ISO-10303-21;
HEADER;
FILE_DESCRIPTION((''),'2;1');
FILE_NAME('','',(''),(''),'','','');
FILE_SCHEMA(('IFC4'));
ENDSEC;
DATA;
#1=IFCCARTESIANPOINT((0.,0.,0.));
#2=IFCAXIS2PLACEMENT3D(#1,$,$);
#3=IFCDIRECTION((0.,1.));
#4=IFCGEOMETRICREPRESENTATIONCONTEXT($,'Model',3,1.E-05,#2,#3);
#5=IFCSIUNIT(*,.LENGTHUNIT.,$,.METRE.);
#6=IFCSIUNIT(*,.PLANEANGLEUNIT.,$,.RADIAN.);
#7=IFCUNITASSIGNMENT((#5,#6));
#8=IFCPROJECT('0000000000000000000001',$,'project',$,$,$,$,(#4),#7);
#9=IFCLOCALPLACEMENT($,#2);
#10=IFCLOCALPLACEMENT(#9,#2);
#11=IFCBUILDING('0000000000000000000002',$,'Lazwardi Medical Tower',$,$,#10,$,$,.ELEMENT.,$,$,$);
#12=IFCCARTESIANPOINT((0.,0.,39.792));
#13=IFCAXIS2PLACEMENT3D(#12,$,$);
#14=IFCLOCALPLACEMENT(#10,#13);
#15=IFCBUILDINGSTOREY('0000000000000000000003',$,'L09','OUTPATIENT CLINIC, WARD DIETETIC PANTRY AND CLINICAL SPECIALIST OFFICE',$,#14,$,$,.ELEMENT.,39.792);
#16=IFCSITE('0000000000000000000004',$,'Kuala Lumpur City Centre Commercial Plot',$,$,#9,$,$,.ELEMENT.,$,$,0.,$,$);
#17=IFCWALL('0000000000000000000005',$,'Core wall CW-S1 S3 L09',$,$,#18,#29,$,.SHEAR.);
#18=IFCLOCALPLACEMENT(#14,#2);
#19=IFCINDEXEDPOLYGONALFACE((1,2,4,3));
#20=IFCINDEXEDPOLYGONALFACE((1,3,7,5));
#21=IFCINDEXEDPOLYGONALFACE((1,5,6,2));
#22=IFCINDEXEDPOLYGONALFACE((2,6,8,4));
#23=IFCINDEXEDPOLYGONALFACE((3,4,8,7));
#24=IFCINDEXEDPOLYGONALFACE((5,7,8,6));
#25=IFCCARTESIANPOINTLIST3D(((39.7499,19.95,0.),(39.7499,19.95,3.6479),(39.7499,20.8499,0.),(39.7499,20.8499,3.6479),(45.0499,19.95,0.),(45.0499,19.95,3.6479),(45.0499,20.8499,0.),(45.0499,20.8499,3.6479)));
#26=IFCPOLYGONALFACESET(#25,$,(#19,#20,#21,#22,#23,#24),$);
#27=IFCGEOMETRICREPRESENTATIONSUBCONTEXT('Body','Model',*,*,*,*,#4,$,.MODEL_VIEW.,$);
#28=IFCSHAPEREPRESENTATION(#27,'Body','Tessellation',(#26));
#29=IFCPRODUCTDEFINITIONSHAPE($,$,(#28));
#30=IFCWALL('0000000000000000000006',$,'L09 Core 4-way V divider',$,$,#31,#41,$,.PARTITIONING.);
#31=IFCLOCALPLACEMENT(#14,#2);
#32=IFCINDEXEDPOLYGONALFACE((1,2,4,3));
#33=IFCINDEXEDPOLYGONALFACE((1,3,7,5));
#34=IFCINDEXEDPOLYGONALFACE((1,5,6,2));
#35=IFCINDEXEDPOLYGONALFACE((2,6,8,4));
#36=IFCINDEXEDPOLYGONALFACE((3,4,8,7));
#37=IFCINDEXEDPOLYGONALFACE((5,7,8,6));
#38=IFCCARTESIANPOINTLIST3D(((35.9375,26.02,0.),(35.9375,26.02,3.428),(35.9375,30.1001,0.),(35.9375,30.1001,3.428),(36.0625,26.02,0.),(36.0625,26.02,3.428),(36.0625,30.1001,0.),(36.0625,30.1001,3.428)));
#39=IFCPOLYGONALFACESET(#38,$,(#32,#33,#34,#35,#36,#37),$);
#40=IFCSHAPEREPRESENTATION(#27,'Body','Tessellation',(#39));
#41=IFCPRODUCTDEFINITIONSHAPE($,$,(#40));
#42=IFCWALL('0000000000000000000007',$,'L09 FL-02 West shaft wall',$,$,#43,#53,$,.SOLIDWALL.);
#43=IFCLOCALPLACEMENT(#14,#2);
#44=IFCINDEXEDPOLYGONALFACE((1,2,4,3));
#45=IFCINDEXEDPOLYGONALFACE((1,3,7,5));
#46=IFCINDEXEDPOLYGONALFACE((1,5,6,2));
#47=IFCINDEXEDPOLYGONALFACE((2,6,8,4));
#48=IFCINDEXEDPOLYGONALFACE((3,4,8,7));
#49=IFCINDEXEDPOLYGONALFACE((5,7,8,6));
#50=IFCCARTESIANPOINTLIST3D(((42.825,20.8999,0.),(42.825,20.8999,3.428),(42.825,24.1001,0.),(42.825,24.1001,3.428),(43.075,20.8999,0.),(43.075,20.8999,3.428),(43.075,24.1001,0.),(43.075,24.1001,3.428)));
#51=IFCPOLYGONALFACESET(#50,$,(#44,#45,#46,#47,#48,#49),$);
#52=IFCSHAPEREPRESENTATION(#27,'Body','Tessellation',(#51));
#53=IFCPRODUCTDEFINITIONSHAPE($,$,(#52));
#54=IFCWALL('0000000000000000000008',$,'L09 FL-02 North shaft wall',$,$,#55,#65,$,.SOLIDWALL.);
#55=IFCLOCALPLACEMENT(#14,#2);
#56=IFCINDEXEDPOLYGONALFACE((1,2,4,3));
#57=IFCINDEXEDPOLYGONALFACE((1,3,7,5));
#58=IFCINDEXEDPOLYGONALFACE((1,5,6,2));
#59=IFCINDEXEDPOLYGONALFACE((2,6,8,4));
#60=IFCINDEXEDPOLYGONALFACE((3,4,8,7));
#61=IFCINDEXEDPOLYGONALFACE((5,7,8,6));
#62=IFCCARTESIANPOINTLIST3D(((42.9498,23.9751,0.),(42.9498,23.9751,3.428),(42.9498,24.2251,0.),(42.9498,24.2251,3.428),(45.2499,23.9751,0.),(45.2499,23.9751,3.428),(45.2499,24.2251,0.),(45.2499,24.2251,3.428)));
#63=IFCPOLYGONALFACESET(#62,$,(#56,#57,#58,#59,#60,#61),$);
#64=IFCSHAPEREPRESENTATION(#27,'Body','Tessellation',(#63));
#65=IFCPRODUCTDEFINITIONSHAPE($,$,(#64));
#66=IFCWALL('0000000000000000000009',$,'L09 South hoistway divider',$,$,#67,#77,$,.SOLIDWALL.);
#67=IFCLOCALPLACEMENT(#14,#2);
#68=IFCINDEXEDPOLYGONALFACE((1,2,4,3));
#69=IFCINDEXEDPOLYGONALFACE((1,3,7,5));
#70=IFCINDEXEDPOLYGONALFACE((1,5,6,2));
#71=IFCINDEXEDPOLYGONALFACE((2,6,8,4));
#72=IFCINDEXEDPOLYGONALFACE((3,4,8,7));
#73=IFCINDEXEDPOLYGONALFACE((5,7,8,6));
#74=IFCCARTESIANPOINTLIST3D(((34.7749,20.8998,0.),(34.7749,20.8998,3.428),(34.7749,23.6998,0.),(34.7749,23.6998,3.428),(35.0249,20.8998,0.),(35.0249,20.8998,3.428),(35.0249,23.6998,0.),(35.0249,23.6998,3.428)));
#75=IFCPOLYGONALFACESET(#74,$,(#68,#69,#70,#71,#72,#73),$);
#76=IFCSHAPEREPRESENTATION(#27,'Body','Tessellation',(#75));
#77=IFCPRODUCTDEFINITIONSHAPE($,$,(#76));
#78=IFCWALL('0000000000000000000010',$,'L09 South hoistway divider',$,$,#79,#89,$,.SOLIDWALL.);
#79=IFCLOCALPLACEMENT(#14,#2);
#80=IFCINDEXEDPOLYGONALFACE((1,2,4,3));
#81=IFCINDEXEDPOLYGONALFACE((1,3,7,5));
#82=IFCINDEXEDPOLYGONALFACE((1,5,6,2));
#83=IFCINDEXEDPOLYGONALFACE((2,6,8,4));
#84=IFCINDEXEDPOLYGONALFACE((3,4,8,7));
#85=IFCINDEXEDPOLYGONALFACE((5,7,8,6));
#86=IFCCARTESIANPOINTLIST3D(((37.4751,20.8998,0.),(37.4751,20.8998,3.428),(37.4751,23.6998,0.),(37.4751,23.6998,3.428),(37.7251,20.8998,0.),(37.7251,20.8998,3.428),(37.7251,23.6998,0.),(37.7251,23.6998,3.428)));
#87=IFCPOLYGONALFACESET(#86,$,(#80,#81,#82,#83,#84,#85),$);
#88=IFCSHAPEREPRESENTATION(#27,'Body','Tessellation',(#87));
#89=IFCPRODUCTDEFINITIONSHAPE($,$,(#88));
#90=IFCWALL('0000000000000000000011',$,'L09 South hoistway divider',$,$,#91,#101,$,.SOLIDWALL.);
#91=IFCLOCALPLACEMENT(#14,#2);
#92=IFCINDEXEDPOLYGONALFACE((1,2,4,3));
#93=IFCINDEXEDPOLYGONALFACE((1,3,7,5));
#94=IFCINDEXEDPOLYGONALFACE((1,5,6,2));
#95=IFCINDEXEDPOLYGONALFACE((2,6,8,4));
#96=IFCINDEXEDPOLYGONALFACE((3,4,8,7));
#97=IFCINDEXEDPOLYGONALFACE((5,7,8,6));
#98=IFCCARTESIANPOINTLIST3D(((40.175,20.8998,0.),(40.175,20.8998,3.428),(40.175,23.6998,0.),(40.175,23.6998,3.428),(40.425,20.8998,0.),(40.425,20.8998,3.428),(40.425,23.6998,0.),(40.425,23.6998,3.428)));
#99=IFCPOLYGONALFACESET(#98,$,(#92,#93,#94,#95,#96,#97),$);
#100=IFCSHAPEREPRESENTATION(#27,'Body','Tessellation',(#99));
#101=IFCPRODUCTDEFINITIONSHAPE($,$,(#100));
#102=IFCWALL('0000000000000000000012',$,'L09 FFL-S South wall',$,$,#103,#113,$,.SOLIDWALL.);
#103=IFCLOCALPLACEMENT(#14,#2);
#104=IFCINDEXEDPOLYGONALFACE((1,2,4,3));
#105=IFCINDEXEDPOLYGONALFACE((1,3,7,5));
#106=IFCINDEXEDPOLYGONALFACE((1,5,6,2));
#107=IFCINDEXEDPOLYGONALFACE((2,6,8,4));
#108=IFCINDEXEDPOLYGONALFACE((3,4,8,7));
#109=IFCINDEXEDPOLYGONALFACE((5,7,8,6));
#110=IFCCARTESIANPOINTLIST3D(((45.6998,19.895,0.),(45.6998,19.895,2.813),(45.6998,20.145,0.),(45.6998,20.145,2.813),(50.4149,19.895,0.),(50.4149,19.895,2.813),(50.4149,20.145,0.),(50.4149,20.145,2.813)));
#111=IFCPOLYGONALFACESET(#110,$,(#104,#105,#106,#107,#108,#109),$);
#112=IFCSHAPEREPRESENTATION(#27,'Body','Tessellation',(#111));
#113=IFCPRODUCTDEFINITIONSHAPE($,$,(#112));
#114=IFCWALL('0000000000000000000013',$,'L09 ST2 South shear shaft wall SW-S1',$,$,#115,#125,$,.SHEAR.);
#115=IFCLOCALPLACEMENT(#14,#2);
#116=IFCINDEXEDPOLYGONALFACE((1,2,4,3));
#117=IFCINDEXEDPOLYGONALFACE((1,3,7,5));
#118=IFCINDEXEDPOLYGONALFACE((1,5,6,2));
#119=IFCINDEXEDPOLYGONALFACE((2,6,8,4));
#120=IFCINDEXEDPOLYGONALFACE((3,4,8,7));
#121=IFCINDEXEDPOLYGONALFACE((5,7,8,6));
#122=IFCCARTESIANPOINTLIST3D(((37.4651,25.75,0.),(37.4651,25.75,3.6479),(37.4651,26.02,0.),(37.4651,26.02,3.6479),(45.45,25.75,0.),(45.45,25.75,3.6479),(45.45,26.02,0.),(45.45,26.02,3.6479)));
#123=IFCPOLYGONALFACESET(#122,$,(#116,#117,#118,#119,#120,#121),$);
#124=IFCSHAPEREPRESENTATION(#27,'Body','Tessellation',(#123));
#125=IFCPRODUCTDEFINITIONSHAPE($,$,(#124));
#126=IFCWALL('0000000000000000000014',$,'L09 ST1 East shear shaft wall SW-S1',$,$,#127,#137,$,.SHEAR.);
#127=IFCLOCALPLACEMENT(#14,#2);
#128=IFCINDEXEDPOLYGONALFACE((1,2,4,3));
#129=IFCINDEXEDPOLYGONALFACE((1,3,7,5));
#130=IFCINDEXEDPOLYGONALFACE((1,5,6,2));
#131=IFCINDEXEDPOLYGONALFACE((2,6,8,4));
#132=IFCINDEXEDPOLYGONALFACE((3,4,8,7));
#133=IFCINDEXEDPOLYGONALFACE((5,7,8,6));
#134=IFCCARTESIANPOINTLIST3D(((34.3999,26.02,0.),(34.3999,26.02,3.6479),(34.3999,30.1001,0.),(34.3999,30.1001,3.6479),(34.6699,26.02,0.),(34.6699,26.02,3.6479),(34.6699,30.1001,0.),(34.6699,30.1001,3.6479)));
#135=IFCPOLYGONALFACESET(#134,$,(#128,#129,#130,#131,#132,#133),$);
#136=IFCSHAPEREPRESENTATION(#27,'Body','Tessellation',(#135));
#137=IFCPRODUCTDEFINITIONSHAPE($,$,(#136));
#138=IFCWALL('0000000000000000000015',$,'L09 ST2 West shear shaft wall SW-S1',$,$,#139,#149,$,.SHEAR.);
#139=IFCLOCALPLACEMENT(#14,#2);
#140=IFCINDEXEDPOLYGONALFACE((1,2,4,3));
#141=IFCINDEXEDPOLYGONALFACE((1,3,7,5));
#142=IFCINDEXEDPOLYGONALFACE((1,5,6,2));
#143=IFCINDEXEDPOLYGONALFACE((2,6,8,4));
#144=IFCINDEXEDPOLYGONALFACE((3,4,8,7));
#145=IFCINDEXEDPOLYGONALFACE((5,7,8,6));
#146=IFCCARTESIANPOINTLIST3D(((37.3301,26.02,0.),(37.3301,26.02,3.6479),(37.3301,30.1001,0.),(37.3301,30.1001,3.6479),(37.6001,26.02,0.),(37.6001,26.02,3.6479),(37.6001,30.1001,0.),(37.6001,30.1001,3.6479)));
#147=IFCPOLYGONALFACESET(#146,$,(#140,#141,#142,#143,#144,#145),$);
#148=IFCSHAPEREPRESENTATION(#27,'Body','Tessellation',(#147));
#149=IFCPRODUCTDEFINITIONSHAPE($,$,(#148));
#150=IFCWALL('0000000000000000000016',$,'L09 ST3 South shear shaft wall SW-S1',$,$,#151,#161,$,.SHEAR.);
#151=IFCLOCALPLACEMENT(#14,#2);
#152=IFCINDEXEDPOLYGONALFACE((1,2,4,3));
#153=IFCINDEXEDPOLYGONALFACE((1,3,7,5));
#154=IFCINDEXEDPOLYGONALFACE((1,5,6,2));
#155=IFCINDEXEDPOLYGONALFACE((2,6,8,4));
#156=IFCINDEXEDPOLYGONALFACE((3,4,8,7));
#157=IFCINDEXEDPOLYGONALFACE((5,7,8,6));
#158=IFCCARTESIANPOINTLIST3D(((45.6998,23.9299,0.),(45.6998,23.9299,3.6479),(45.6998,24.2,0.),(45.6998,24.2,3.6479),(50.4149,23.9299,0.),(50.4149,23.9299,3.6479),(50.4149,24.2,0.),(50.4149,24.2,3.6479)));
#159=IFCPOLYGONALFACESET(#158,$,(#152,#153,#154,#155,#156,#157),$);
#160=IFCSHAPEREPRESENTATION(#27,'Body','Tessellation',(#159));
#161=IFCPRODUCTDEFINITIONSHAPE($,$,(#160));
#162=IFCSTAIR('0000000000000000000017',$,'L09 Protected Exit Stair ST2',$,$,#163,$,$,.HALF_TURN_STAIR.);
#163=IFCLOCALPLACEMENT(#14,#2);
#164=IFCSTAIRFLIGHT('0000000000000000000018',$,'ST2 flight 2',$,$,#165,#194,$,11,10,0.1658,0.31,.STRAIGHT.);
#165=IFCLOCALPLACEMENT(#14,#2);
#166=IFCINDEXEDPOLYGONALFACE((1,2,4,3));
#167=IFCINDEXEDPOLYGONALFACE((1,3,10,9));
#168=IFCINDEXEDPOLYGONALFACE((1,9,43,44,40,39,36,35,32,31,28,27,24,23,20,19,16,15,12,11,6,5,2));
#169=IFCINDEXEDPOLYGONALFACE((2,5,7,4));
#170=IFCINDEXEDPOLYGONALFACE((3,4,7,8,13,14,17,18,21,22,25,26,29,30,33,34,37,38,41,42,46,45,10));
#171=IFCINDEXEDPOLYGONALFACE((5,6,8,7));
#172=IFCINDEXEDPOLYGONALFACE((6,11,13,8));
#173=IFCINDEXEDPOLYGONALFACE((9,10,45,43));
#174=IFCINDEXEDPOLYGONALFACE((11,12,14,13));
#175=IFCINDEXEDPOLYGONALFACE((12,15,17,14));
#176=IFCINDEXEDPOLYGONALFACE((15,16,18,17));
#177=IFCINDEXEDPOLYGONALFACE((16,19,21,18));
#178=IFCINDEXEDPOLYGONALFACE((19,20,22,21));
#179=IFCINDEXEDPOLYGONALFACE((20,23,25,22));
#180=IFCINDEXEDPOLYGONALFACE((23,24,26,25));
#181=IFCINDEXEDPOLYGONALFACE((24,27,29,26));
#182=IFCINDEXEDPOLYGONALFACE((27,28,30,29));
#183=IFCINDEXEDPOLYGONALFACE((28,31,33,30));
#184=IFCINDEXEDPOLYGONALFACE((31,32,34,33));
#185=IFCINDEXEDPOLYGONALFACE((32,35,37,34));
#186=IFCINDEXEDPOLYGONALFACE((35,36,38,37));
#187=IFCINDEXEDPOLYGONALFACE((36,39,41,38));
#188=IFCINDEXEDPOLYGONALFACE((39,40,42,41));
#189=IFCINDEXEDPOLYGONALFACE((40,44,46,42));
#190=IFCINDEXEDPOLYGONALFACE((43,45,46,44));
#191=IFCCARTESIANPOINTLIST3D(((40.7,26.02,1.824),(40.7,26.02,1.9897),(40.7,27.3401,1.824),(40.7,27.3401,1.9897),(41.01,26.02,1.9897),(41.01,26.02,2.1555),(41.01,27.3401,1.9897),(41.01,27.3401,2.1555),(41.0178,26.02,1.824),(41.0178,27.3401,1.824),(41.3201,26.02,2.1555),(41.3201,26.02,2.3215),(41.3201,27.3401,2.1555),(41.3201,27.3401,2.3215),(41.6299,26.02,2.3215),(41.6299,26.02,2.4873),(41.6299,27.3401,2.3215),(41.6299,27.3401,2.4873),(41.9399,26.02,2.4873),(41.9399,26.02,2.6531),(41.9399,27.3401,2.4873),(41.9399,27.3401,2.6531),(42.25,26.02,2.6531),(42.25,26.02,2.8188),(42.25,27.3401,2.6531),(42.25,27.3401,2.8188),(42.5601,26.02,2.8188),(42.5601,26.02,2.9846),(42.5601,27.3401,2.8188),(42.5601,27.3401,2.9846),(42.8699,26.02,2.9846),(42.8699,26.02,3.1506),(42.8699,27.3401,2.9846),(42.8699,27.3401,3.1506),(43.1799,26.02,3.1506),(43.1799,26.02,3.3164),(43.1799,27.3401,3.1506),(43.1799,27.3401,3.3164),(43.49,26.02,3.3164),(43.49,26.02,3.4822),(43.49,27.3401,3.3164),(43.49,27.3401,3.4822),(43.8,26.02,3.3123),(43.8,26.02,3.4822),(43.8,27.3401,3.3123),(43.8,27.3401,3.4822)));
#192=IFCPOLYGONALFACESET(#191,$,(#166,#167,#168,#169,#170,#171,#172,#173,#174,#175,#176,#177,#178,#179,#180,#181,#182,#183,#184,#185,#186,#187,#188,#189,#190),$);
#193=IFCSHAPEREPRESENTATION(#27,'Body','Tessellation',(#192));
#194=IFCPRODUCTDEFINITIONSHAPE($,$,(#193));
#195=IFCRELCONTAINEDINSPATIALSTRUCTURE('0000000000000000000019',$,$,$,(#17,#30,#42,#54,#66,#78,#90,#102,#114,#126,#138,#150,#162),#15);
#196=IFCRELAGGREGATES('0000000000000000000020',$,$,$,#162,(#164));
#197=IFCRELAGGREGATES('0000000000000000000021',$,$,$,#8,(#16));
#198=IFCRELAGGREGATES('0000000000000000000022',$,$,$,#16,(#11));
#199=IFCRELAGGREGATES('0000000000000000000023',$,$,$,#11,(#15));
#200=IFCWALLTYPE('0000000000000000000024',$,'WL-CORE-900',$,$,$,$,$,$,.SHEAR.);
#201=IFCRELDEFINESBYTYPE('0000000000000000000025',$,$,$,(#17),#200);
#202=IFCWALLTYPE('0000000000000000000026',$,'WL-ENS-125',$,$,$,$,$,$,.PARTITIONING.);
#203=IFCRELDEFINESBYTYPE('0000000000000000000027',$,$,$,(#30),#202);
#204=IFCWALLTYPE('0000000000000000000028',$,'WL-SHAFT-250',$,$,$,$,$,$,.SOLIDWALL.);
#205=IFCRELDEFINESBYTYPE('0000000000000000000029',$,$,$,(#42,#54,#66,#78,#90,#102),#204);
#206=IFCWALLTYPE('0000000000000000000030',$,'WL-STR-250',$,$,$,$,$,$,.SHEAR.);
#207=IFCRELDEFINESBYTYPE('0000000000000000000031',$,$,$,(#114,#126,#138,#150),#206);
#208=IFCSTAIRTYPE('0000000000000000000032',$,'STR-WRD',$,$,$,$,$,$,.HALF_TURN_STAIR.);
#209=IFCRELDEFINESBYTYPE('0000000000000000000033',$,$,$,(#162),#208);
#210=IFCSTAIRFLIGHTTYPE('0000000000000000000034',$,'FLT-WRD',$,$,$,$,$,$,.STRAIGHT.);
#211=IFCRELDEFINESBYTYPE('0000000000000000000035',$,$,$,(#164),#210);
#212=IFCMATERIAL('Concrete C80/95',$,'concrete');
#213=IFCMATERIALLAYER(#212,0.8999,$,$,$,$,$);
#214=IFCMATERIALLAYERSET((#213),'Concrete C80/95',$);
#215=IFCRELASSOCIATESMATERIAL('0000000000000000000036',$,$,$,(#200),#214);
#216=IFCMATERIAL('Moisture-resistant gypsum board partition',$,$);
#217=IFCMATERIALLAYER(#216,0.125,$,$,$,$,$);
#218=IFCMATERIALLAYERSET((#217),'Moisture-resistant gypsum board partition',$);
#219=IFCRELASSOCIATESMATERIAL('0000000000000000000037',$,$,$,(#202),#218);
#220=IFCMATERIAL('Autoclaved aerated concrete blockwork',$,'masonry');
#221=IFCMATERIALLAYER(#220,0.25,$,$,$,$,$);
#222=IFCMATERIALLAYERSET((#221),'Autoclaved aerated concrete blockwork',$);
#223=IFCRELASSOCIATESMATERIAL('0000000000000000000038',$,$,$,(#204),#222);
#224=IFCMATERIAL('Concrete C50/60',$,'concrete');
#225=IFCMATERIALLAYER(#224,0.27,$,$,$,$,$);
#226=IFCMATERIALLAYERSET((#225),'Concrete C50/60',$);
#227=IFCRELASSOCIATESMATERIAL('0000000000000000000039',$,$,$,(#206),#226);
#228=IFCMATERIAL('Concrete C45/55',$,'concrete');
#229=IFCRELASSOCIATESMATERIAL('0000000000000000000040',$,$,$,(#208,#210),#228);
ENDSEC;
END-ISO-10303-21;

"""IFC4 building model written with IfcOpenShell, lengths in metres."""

from ifc_helpers import new_model, si_unit, direction, frame, frame_2d, origin, place, context, subcontext, project, spatial, polyline, rectangle, outline, extrude, material, layer, layer_set, type_object, element, aggregate, save


model = new_model("IFC4")

# Units and contexts
model_context = context("Model", 3, precision=1e-05, world=origin(), true_north=direction((0.0, 1.0)))
body_context = subcontext(model_context, "Body", "Model", "MODEL_VIEW")
ifc_project = project(units=[si_unit("LENGTHUNIT", "METRE"), si_unit("PLANEANGLEUNIT", "RADIAN")], contexts=[model_context])

# Site, building, storey
site_placement = place(None, origin())
site = spatial("IfcSite", under=ifc_project, at=site_placement, Name="Kuala Lumpur City Centre Commercial Plot", CompositionType="ELEMENT", RefElevation=0.0)
building_placement = place(site_placement, origin())
building = spatial("IfcBuilding", under=site, at=building_placement, Name="Lazwardi Medical Tower", CompositionType="ELEMENT")
storey_placement = place(building_placement, frame((0.0, 0.0, 39.792)))
storey = spatial("IfcBuildingStorey", under=building, at=storey_placement, Name="L09", Description="OUTPATIENT CLINIC, WARD DIETETIC PANTRY AND CLINICAL SPECIALIST OFFICE", CompositionType="ELEMENT", Elevation=39.792)

# Shared definitions
ifc_material_1 = material(Name="Concrete C80/95", Category="concrete")

# Shared definitions
ifc_layer_1 = layer(ifc_material_1, 0.8999)
ifc_layer_set_1 = layer_set([ifc_layer_1], Name="Concrete C80/95")
wall_type_1 = type_object("IfcWallType", Name="WL-CORE-900", PredefinedType="SHEAR", material=ifc_layer_set_1)

# Walls
wall_1_placement = place(storey_placement, frame((39.75, 20.3999, 0.0), z_axis=(0.0, 0.0, 1.0), x_axis=(1.0, 0.0, 0.0)))
element("IfcWall", 1, at=wall_1_placement, inside=storey, type_object=wall_type_1, Name="Core wall CW-S1 S3 L09", PredefinedType="SHEAR", context=body_context, shape_type="SweptSolid", body=[
    extrude(rectangle(XDim=5.3, YDim=0.8999, at=frame_2d((2.6499, 0.0))), origin(), (0.0, 0.0, 1.0), 3.6479),
])
ifc_material_2 = material(Name="Moisture-resistant gypsum board partition")
ifc_layer_2 = layer(ifc_material_2, 0.125)
ifc_layer_set_2 = layer_set([ifc_layer_2], Name="Moisture-resistant gypsum board partition")
wall_type_2 = type_object("IfcWallType", Name="WL-ENS-125", PredefinedType="PARTITIONING", material=ifc_layer_set_2)
wall_2_placement = place(storey_placement, frame((36.0, 26.02, 0.0), z_axis=(0.0, 0.0, 1.0), x_axis=(0.0, 1.0, 0.0)))
element("IfcWall", 2, at=wall_2_placement, inside=storey, type_object=wall_type_2, Name="L09 Core 4-way V divider", PredefinedType="PARTITIONING", context=body_context, shape_type="SweptSolid", body=[
    extrude(rectangle(XDim=4.0801, YDim=0.125, at=frame_2d((2.04, 0.0))), origin(), (0.0, 0.0, 1.0), 3.428),
])
ifc_material_3 = material(Name="Autoclaved aerated concrete blockwork", Category="masonry")
ifc_layer_3 = layer(ifc_material_3, 0.25)
ifc_layer_set_3 = layer_set([ifc_layer_3], Name="Autoclaved aerated concrete blockwork")
wall_type_3 = type_object("IfcWallType", Name="WL-SHAFT-250", PredefinedType="SOLIDWALL", material=ifc_layer_set_3)
wall_3_placement = place(storey_placement, frame((42.95, 20.8999, 0.0), z_axis=(0.0, 0.0, 1.0), x_axis=(0.0, 1.0, 0.0)))
element("IfcWall", 3, at=wall_3_placement, inside=storey, type_object=wall_type_3, Name="L09 FL-02 West shaft wall", PredefinedType="SOLIDWALL", context=body_context, shape_type="SweptSolid", body=[
    extrude(rectangle(XDim=3.2002, YDim=0.25, at=frame_2d((1.6001, 0.0))), origin(), (0.0, 0.0, 1.0), 3.428),
])
wall_4_placement = place(storey_placement, frame((42.95, 24.1001, 0.0), z_axis=(0.0, 0.0, 1.0), x_axis=(1.0, 0.0, 0.0)))
element("IfcWall", 4, at=wall_4_placement, inside=storey, type_object=wall_type_3, Name="L09 FL-02 North shaft wall", PredefinedType="SOLIDWALL", context=body_context, shape_type="SweptSolid", body=[
    extrude(rectangle(XDim=2.3, YDim=0.25, at=frame_2d((1.1499, 0.0))), origin(), (0.0, 0.0, 1.0), 3.428),
])
for number, where, z_axis, x_axis, name in (
    (5, (34.8999, 20.8999, 0.0), (0.0, 0.0, 1.0), (0.0, 1.0, 0.0), "L09 South hoistway divider"),
    (6, (37.6001, 20.8999, 0.0), (0.0, 0.0, 1.0), (0.0, 1.0, 0.0), "L09 South hoistway divider"),
    (7, (40.3, 20.8999, 0.0), (0.0, 0.0, 1.0), (0.0, 1.0, 0.0), "L09 South hoistway divider"),
):
    element("IfcWall", number, at=place(storey_placement, frame(where, z_axis=z_axis, x_axis=x_axis)), inside=storey, type_object=wall_type_3, Name=name, PredefinedType="SOLIDWALL", context=body_context, shape_type="SweptSolid", body=[
        extrude(rectangle(XDim=2.8, YDim=0.25, at=frame_2d((1.3999, 0.0))), origin(), (0.0, 0.0, 1.0), 3.428),
    ])
wall_5_placement = place(storey_placement, frame((45.7, 20.02, 0.0), z_axis=(0.0, 0.0, 1.0), x_axis=(1.0, 0.0, 0.0)))
element("IfcWall", 8, at=wall_5_placement, inside=storey, type_object=wall_type_3, Name="L09 FFL-S South wall", PredefinedType="SOLIDWALL", context=body_context, shape_type="SweptSolid", body=[
    extrude(rectangle(XDim=4.7151, YDim=0.25, at=frame_2d((2.3574, 0.0))), origin(), (0.0, 0.0, 1.0), 2.813),
])
ifc_material_4 = material(Name="Concrete C50/60", Category="concrete")
ifc_layer_4 = layer(ifc_material_4, 0.27)
ifc_layer_set_4 = layer_set([ifc_layer_4], Name="Concrete C50/60")
wall_type_4 = type_object("IfcWallType", Name="WL-STR-250", PredefinedType="SHEAR", material=ifc_layer_set_4)
wall_6_placement = place(storey_placement, frame((37.4651, 25.885, 0.0), z_axis=(0.0, 0.0, 1.0), x_axis=(1.0, 0.0, 0.0)))
element("IfcWall", 9, at=wall_6_placement, inside=storey, type_object=wall_type_4, Name="L09 ST2 South shear shaft wall SW-S1", PredefinedType="SHEAR", context=body_context, shape_type="SweptSolid", body=[
    extrude(rectangle(XDim=7.9849, YDim=0.27, at=frame_2d((3.9924, 0.0))), origin(), (0.0, 0.0, 1.0), 3.6479),
])
for number, where, z_axis, x_axis, name in (
    (10, (34.5349, 26.02, 0.0), (0.0, 0.0, 1.0), (0.0, 1.0, 0.0), "L09 ST1 East shear shaft wall SW-S1"),
    (11, (37.4651, 26.02, 0.0), (0.0, 0.0, 1.0), (0.0, 1.0, 0.0), "L09 ST2 West shear shaft wall SW-S1"),
):
    element("IfcWall", number, at=place(storey_placement, frame(where, z_axis=z_axis, x_axis=x_axis)), inside=storey, type_object=wall_type_4, Name=name, PredefinedType="SHEAR", context=body_context, shape_type="SweptSolid", body=[
        extrude(rectangle(XDim=4.0801, YDim=0.27, at=frame_2d((2.04, 0.0))), origin(), (0.0, 0.0, 1.0), 3.6479),
    ])
wall_7_placement = place(storey_placement, frame((45.7, 24.0649, 0.0), z_axis=(0.0, 0.0, 1.0), x_axis=(1.0, 0.0, 0.0)))
element("IfcWall", 12, at=wall_7_placement, inside=storey, type_object=wall_type_4, Name="L09 ST3 South shear shaft wall SW-S1", PredefinedType="SHEAR", context=body_context, shape_type="SweptSolid", body=[
    extrude(rectangle(XDim=4.7151, YDim=0.27, at=frame_2d((2.3574, 0.0))), origin(), (0.0, 0.0, 1.0), 3.6479),
])

# Stair, stair flight
ifc_material_5 = material(Name="Concrete C45/55", Category="concrete")
stair_type = type_object("IfcStairType", Name="STR-WRD", PredefinedType="HALF_TURN_STAIR", material=ifc_material_5)
stair_placement = place(storey_placement, origin())
stair = element("IfcStair", 13, at=stair_placement, inside=storey, type_object=stair_type, Name="L09 Protected Exit Stair ST2", PredefinedType="HALF_TURN_STAIR")
stair_flight_type = type_object("IfcStairFlightType", Name="FLT-WRD", PredefinedType="STRAIGHT", material=ifc_material_5)
stair_flight_placement = place(storey_placement, frame((40.7, 26.6799, 1.824), z_axis=(0.0, 0.0, 1.0), x_axis=(1.0, 0.0, 0.0)))
stair_flight = element("IfcStairFlight", 14, at=stair_flight_placement, type_object=stair_flight_type, Name="ST2 flight 2", NumberOfRisers=11, NumberOfTreads=10, PredefinedType="STRAIGHT", RiserHeight=0.1658, TreadLength=0.31, context=body_context, shape_type="SweptSolid", body=[
    extrude(outline(polyline([(0.0, 0.0), (0.0, 0.1658), (0.3101, 0.1658), (0.3101, 0.3315), (0.6201, 0.3315), (0.6201, 0.4976), (0.9299, 0.4976), (0.9299, 0.6633), (1.24, 0.6633), (1.24, 0.8291), (1.55, 0.8291), (1.55, 0.9949), (1.8601, 0.9949), (1.8601, 1.1606), (2.1699, 1.1606), (2.1699, 1.3267), (2.48, 1.3267), (2.48, 1.4924), (2.79, 1.4924), (2.79, 1.6582), (3.1001, 1.6582), (3.1001, 1.824), (3.1001, 1.4883), (0.3179, 0.0), (0.0, 0.0)])), frame((0.0, 0.6602, 0.0), z_axis=(0.0, -1.0, 0.0), x_axis=(1.0, 0.0, 0.0)), (0.0, 0.0, 1.0), 1.3201),
])
aggregate(stair, [stair_flight])

save(model, "model.ifc")
